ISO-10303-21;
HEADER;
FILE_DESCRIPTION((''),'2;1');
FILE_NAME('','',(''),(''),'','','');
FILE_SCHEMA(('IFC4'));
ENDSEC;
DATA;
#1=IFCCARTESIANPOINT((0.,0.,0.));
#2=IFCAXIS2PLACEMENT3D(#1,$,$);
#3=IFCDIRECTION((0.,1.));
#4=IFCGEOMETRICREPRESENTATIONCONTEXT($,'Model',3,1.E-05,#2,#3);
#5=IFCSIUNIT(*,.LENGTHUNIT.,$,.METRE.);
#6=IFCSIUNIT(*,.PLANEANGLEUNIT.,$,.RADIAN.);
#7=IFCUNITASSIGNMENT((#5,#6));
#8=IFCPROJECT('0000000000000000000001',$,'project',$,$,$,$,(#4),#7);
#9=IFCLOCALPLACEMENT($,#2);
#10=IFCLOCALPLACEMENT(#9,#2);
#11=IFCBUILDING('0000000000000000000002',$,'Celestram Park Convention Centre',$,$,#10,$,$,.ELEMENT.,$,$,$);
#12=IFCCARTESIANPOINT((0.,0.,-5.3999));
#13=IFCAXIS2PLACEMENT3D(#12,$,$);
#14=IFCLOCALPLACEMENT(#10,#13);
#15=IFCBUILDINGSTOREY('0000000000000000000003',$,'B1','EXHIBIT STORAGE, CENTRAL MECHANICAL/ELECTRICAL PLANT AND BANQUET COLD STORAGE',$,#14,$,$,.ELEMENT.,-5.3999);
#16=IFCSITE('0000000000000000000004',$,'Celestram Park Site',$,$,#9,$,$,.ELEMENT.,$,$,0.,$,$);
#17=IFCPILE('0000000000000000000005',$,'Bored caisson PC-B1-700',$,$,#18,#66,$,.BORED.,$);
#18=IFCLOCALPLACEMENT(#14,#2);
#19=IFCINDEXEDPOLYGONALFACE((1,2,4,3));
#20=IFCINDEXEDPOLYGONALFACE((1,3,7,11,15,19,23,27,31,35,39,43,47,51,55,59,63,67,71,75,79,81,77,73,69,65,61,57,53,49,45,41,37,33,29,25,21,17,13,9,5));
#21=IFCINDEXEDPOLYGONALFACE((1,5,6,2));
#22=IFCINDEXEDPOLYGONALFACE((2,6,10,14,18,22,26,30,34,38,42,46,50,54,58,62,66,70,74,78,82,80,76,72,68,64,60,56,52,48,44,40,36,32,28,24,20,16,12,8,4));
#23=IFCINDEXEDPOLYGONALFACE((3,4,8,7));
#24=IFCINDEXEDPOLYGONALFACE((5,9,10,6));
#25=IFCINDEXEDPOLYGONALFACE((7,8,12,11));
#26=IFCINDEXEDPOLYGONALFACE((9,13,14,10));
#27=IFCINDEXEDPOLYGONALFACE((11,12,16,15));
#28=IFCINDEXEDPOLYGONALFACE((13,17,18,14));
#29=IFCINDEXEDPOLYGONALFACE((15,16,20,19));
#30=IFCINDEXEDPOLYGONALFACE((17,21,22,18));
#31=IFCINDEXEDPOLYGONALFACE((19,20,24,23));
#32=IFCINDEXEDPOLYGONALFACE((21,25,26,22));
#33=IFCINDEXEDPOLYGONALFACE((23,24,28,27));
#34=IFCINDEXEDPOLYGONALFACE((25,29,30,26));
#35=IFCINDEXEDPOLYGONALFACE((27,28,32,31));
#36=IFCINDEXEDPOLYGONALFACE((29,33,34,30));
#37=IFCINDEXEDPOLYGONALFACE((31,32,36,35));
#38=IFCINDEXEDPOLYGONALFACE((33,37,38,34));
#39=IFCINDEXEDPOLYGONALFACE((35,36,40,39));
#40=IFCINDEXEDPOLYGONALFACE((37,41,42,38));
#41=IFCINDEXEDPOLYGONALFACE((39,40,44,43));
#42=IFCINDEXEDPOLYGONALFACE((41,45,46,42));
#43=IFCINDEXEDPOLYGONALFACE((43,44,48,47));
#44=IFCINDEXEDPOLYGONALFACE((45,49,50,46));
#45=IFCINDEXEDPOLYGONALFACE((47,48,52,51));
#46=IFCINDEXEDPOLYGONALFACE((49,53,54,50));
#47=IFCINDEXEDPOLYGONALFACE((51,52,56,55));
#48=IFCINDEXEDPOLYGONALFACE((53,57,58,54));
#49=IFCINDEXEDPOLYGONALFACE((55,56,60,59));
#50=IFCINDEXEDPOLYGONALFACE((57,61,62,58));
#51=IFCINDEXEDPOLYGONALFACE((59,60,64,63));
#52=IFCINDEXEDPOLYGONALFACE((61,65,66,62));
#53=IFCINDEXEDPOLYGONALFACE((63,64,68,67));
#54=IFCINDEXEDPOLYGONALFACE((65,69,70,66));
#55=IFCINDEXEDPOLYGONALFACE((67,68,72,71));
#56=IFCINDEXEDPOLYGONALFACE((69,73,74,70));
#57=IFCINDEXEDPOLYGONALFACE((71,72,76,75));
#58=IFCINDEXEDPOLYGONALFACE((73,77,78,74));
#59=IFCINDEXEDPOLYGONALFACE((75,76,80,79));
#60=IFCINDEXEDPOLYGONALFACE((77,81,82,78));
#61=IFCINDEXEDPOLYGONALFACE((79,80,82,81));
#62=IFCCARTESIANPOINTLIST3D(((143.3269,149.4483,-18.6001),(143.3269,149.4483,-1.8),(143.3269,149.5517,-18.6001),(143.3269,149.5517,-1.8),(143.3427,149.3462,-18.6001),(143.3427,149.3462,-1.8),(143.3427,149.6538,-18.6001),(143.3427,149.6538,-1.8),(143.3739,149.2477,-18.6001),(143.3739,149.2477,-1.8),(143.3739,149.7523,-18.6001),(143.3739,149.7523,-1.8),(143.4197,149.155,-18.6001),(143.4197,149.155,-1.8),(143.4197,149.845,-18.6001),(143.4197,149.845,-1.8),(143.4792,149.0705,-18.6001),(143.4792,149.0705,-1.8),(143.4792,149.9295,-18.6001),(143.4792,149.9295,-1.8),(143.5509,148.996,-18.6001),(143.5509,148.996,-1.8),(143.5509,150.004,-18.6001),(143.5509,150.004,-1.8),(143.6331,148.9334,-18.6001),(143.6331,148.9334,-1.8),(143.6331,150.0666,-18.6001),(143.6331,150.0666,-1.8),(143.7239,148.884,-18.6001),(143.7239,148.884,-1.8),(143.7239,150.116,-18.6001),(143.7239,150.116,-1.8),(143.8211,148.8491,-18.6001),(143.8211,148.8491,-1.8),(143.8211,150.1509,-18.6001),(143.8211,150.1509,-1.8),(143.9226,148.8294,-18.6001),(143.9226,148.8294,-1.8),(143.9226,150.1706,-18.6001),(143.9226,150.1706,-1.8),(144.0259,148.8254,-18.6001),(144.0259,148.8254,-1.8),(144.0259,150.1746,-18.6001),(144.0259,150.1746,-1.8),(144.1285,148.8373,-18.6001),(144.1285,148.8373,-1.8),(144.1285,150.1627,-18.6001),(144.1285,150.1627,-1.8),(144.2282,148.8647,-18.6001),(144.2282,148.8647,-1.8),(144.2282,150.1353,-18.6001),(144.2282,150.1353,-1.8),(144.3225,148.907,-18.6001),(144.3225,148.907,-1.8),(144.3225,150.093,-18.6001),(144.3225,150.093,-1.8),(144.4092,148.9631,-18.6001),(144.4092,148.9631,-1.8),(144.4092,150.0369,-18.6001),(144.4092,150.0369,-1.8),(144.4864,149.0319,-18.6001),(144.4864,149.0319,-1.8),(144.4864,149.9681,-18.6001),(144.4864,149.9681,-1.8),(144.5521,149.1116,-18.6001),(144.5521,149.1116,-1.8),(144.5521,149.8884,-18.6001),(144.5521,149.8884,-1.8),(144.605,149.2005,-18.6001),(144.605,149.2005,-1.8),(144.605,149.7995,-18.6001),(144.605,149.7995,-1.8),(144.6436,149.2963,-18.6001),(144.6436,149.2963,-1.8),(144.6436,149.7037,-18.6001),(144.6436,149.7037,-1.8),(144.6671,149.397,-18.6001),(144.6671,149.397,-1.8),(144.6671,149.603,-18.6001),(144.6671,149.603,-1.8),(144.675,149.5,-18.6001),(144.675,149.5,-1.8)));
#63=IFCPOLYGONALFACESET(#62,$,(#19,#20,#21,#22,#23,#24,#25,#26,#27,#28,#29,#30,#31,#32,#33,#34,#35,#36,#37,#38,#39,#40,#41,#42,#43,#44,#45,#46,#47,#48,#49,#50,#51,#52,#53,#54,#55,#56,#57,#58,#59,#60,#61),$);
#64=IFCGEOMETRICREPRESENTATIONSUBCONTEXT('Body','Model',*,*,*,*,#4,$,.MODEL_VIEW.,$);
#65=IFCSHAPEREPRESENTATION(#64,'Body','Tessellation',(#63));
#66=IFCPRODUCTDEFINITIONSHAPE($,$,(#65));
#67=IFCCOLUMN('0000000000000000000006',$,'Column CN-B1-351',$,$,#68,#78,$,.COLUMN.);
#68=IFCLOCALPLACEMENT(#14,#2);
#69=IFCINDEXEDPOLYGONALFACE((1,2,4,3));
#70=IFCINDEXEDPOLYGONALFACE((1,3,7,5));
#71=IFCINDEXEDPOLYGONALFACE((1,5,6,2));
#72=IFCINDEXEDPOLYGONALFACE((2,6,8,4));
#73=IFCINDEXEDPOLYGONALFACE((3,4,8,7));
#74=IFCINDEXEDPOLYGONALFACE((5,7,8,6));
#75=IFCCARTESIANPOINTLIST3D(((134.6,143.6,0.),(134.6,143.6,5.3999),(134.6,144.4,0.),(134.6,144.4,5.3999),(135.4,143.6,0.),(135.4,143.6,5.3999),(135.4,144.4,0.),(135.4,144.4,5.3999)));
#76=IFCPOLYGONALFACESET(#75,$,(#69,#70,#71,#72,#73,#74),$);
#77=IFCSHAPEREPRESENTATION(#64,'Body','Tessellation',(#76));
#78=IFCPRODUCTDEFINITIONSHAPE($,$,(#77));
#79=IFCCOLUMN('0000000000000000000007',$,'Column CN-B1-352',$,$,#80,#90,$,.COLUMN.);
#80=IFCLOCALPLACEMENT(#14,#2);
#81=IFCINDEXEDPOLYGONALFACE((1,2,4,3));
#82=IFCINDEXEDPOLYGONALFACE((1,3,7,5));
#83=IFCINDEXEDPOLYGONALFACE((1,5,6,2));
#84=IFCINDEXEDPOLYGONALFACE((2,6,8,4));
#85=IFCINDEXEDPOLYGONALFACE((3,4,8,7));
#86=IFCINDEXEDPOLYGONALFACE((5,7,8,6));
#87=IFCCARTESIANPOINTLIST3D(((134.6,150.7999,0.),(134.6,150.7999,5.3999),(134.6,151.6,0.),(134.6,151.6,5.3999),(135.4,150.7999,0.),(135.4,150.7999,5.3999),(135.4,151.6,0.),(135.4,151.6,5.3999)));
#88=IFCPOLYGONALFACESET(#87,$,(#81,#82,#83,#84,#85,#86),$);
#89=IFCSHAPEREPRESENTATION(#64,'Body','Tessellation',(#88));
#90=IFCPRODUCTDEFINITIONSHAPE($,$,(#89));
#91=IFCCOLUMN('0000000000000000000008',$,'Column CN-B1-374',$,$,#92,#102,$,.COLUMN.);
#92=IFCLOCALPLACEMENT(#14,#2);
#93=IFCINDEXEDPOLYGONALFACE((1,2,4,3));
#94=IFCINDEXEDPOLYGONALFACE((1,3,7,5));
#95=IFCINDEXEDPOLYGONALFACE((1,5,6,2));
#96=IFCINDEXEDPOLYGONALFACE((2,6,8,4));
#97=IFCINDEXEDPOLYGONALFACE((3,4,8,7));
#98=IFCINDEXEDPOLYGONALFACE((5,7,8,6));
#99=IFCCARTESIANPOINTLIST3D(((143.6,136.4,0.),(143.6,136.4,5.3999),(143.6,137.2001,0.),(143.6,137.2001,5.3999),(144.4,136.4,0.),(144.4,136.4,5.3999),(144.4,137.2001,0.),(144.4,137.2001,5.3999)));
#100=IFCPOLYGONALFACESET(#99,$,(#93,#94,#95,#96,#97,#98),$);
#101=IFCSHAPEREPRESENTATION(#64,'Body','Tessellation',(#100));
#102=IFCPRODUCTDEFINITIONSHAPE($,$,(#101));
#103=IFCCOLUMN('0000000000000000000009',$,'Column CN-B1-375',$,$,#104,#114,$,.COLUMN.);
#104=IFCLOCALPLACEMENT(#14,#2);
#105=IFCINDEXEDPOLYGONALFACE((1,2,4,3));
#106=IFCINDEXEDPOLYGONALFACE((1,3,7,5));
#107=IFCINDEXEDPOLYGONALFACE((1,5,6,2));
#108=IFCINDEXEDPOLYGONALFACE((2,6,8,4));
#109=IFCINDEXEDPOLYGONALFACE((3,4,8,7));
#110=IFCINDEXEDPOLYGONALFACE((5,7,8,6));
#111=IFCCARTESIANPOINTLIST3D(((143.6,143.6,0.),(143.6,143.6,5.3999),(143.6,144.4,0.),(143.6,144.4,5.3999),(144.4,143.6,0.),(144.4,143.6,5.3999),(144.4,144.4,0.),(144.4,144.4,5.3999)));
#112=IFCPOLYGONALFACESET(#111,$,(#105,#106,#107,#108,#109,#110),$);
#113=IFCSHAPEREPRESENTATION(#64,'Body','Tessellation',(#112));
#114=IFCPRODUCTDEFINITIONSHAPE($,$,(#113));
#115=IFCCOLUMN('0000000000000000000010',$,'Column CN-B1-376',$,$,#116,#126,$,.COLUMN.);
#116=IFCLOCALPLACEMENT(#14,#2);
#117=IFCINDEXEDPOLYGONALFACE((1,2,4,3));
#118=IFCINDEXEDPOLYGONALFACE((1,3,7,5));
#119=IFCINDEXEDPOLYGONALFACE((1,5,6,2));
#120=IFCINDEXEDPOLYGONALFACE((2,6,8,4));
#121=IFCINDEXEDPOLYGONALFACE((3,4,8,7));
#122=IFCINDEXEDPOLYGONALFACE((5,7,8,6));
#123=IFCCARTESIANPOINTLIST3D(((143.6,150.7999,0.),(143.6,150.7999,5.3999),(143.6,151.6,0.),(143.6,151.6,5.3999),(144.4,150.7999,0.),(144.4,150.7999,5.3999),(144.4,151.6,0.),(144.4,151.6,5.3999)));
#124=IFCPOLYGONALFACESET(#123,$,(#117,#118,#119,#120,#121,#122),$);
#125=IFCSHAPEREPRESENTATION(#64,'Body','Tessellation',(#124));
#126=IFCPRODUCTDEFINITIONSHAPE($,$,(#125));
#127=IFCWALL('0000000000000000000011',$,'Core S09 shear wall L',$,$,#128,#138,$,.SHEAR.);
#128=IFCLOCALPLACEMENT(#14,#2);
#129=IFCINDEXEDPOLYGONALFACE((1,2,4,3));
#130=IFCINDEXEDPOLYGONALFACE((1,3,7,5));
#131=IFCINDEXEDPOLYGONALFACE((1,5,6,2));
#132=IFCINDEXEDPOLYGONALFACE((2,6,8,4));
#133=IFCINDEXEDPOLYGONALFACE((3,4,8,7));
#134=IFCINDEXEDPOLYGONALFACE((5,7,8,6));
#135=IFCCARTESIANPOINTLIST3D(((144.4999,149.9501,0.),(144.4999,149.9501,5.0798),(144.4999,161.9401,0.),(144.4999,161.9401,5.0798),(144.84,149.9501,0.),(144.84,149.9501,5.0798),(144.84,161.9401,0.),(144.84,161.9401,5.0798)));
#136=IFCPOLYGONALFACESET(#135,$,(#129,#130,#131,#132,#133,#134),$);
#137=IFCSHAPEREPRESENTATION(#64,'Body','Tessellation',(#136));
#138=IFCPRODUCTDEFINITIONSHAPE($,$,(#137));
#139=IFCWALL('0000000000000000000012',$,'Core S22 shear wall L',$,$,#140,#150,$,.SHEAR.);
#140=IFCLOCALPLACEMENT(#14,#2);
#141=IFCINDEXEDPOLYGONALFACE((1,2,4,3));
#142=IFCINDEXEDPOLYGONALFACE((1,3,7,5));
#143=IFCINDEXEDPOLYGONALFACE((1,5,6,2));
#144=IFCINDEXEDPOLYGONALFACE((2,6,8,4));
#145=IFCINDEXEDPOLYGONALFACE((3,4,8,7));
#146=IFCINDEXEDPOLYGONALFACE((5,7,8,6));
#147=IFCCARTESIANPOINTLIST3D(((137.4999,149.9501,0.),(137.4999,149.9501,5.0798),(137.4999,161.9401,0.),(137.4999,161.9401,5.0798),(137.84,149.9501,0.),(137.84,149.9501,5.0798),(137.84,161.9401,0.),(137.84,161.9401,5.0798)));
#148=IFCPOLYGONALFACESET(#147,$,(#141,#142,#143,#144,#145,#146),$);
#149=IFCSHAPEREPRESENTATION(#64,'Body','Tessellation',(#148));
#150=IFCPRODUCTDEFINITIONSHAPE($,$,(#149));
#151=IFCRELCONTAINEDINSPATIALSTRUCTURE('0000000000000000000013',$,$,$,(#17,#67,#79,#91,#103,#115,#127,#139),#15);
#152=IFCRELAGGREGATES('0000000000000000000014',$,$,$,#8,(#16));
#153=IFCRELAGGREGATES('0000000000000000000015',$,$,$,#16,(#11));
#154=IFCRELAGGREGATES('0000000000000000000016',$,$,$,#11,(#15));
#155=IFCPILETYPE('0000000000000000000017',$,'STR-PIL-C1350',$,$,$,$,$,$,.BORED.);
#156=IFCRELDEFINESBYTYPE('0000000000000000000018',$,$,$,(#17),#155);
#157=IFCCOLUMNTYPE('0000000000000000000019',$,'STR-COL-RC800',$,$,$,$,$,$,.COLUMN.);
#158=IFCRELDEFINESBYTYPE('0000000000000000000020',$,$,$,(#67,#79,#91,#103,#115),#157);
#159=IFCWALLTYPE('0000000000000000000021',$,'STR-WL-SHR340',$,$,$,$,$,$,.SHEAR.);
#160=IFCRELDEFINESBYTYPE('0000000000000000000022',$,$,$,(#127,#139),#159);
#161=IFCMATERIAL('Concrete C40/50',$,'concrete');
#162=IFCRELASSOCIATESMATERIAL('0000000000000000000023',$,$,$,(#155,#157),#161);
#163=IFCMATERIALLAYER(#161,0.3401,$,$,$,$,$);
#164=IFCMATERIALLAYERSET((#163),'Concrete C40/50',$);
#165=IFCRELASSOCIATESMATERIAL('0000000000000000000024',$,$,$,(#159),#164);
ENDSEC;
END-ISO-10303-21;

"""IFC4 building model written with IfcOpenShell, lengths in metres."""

from ifc_helpers import new_model, si_unit, direction, frame, frame_2d, origin, origin_2d, place, context, subcontext, project, spatial, rectangle, circle, extrude, material, layer, layer_set, material_profile, profile_set, type_object, element, save


model = new_model("IFC4")

# Units and contexts
model_context = context("Model", 3, precision=1e-05, world=origin(), true_north=direction((0.0, 1.0)))
body_context = subcontext(model_context, "Body", "Model", "MODEL_VIEW")
ifc_project = project(units=[si_unit("LENGTHUNIT", "METRE"), si_unit("PLANEANGLEUNIT", "RADIAN")], contexts=[model_context])

# Site, building, storey
site_placement = place(None, origin())
site = spatial("IfcSite", under=ifc_project, at=site_placement, Name="Celestram Park Site", CompositionType="ELEMENT", RefElevation=0.0)
building_placement = place(site_placement, origin())
building = spatial("IfcBuilding", under=site, at=building_placement, Name="Celestram Park Convention Centre", CompositionType="ELEMENT")
storey_placement = place(building_placement, frame((0.0, 0.0, -5.3999)))
storey = spatial("IfcBuildingStorey", under=building, at=storey_placement, Name="B1", Description="EXHIBIT STORAGE, CENTRAL MECHANICAL/ELECTRICAL PLANT AND BANQUET COLD STORAGE", CompositionType="ELEMENT", Elevation=-5.3999)

# Shared definitions
ifc_material_1 = material(Name="Concrete C40/50", Category="concrete")

# Pile
ifc_material_profile_1 = material_profile(ifc_material_1, circle(Radius=0.675, at=origin_2d()), Name="CAISSON1350")
ifc_profile_set_1 = profile_set([ifc_material_profile_1], Name="Concrete C40/50")
pile_type_1 = type_object("IfcPileType", Name="STR-PIL-C1350", PredefinedType="BORED", material=ifc_profile_set_1)
for number, where, z_axis, x_axis, name in (
    (1, (144.0, 149.5, -1.8), (0.0, 0.0, -1.0), (1.0, 0.0, 0.0), "Bored caisson PC-B1-700"),
):
    element("IfcPile", number, at=place(storey_placement, frame(where, z_axis=z_axis, x_axis=x_axis)), inside=storey, type_object=pile_type_1, Name=name, PredefinedType="BORED", context=body_context, shape_type="SweptSolid", body=[
        extrude(circle(Radius=0.675, at=origin_2d()), origin(), (0.0, 0.0, 1.0), 16.8),
    ])

# Columns
ifc_material_profile_2 = material_profile(ifc_material_1, rectangle(XDim=0.8, YDim=0.8, at=origin_2d()), Name="RC800X800")
ifc_profile_set_2 = profile_set([ifc_material_profile_2], Name="Concrete C40/50")
column_type = type_object("IfcColumnType", Name="STR-COL-RC800", PredefinedType="COLUMN", material=ifc_profile_set_2)
for number, where, z_axis, x_axis, name in (
    (2, (135.0, 144.0, 0.0), (0.0, 0.0, 1.0), (1.0, 0.0, 0.0), "Column CN-B1-351"),
    (3, (135.0, 151.2, 0.0), (0.0, 0.0, 1.0), (1.0, 0.0, 0.0), "Column CN-B1-352"),
    (4, (144.0, 136.8, 0.0), (0.0, 0.0, 1.0), (1.0, 0.0, 0.0), "Column CN-B1-374"),
    (5, (144.0, 144.0, 0.0), (0.0, 0.0, 1.0), (1.0, 0.0, 0.0), "Column CN-B1-375"),
    (6, (144.0, 151.2, 0.0), (0.0, 0.0, 1.0), (1.0, 0.0, 0.0), "Column CN-B1-376"),
):
    element("IfcColumn", number, at=place(storey_placement, frame(where, z_axis=z_axis, x_axis=x_axis)), inside=storey, type_object=column_type, Name=name, PredefinedType="COLUMN", context=body_context, shape_type="SweptSolid", body=[
        extrude(rectangle(XDim=0.8, YDim=0.8, at=origin_2d()), origin(), (0.0, 0.0, 1.0), 5.3999),
    ])

# Walls
ifc_layer = layer(ifc_material_1, 0.3401)
ifc_layer_set = layer_set([ifc_layer], Name="Concrete C40/50")
wall_type = type_object("IfcWallType", Name="STR-WL-SHR340", PredefinedType="SHEAR", material=ifc_layer_set)
for number, where, z_axis, x_axis, name in (
    (7, (144.6699, 149.95, 0.0), (0.0, 0.0, 1.0), (0.0, 1.0, 0.0), "Core S09 shear wall L"),
    (8, (137.6699, 149.95, 0.0), (0.0, 0.0, 1.0), (0.0, 1.0, 0.0), "Core S22 shear wall L"),
):
    element("IfcWall", number, at=place(storey_placement, frame(where, z_axis=z_axis, x_axis=x_axis)), inside=storey, type_object=wall_type, Name=name, PredefinedType="SHEAR", context=body_context, shape_type="SweptSolid", body=[
        extrude(rectangle(XDim=11.99, YDim=0.3401, at=frame_2d((5.9951, 0.0))), origin(), (0.0, 0.0, 1.0), 5.0798),
    ])

save(model, "model.ifc")
